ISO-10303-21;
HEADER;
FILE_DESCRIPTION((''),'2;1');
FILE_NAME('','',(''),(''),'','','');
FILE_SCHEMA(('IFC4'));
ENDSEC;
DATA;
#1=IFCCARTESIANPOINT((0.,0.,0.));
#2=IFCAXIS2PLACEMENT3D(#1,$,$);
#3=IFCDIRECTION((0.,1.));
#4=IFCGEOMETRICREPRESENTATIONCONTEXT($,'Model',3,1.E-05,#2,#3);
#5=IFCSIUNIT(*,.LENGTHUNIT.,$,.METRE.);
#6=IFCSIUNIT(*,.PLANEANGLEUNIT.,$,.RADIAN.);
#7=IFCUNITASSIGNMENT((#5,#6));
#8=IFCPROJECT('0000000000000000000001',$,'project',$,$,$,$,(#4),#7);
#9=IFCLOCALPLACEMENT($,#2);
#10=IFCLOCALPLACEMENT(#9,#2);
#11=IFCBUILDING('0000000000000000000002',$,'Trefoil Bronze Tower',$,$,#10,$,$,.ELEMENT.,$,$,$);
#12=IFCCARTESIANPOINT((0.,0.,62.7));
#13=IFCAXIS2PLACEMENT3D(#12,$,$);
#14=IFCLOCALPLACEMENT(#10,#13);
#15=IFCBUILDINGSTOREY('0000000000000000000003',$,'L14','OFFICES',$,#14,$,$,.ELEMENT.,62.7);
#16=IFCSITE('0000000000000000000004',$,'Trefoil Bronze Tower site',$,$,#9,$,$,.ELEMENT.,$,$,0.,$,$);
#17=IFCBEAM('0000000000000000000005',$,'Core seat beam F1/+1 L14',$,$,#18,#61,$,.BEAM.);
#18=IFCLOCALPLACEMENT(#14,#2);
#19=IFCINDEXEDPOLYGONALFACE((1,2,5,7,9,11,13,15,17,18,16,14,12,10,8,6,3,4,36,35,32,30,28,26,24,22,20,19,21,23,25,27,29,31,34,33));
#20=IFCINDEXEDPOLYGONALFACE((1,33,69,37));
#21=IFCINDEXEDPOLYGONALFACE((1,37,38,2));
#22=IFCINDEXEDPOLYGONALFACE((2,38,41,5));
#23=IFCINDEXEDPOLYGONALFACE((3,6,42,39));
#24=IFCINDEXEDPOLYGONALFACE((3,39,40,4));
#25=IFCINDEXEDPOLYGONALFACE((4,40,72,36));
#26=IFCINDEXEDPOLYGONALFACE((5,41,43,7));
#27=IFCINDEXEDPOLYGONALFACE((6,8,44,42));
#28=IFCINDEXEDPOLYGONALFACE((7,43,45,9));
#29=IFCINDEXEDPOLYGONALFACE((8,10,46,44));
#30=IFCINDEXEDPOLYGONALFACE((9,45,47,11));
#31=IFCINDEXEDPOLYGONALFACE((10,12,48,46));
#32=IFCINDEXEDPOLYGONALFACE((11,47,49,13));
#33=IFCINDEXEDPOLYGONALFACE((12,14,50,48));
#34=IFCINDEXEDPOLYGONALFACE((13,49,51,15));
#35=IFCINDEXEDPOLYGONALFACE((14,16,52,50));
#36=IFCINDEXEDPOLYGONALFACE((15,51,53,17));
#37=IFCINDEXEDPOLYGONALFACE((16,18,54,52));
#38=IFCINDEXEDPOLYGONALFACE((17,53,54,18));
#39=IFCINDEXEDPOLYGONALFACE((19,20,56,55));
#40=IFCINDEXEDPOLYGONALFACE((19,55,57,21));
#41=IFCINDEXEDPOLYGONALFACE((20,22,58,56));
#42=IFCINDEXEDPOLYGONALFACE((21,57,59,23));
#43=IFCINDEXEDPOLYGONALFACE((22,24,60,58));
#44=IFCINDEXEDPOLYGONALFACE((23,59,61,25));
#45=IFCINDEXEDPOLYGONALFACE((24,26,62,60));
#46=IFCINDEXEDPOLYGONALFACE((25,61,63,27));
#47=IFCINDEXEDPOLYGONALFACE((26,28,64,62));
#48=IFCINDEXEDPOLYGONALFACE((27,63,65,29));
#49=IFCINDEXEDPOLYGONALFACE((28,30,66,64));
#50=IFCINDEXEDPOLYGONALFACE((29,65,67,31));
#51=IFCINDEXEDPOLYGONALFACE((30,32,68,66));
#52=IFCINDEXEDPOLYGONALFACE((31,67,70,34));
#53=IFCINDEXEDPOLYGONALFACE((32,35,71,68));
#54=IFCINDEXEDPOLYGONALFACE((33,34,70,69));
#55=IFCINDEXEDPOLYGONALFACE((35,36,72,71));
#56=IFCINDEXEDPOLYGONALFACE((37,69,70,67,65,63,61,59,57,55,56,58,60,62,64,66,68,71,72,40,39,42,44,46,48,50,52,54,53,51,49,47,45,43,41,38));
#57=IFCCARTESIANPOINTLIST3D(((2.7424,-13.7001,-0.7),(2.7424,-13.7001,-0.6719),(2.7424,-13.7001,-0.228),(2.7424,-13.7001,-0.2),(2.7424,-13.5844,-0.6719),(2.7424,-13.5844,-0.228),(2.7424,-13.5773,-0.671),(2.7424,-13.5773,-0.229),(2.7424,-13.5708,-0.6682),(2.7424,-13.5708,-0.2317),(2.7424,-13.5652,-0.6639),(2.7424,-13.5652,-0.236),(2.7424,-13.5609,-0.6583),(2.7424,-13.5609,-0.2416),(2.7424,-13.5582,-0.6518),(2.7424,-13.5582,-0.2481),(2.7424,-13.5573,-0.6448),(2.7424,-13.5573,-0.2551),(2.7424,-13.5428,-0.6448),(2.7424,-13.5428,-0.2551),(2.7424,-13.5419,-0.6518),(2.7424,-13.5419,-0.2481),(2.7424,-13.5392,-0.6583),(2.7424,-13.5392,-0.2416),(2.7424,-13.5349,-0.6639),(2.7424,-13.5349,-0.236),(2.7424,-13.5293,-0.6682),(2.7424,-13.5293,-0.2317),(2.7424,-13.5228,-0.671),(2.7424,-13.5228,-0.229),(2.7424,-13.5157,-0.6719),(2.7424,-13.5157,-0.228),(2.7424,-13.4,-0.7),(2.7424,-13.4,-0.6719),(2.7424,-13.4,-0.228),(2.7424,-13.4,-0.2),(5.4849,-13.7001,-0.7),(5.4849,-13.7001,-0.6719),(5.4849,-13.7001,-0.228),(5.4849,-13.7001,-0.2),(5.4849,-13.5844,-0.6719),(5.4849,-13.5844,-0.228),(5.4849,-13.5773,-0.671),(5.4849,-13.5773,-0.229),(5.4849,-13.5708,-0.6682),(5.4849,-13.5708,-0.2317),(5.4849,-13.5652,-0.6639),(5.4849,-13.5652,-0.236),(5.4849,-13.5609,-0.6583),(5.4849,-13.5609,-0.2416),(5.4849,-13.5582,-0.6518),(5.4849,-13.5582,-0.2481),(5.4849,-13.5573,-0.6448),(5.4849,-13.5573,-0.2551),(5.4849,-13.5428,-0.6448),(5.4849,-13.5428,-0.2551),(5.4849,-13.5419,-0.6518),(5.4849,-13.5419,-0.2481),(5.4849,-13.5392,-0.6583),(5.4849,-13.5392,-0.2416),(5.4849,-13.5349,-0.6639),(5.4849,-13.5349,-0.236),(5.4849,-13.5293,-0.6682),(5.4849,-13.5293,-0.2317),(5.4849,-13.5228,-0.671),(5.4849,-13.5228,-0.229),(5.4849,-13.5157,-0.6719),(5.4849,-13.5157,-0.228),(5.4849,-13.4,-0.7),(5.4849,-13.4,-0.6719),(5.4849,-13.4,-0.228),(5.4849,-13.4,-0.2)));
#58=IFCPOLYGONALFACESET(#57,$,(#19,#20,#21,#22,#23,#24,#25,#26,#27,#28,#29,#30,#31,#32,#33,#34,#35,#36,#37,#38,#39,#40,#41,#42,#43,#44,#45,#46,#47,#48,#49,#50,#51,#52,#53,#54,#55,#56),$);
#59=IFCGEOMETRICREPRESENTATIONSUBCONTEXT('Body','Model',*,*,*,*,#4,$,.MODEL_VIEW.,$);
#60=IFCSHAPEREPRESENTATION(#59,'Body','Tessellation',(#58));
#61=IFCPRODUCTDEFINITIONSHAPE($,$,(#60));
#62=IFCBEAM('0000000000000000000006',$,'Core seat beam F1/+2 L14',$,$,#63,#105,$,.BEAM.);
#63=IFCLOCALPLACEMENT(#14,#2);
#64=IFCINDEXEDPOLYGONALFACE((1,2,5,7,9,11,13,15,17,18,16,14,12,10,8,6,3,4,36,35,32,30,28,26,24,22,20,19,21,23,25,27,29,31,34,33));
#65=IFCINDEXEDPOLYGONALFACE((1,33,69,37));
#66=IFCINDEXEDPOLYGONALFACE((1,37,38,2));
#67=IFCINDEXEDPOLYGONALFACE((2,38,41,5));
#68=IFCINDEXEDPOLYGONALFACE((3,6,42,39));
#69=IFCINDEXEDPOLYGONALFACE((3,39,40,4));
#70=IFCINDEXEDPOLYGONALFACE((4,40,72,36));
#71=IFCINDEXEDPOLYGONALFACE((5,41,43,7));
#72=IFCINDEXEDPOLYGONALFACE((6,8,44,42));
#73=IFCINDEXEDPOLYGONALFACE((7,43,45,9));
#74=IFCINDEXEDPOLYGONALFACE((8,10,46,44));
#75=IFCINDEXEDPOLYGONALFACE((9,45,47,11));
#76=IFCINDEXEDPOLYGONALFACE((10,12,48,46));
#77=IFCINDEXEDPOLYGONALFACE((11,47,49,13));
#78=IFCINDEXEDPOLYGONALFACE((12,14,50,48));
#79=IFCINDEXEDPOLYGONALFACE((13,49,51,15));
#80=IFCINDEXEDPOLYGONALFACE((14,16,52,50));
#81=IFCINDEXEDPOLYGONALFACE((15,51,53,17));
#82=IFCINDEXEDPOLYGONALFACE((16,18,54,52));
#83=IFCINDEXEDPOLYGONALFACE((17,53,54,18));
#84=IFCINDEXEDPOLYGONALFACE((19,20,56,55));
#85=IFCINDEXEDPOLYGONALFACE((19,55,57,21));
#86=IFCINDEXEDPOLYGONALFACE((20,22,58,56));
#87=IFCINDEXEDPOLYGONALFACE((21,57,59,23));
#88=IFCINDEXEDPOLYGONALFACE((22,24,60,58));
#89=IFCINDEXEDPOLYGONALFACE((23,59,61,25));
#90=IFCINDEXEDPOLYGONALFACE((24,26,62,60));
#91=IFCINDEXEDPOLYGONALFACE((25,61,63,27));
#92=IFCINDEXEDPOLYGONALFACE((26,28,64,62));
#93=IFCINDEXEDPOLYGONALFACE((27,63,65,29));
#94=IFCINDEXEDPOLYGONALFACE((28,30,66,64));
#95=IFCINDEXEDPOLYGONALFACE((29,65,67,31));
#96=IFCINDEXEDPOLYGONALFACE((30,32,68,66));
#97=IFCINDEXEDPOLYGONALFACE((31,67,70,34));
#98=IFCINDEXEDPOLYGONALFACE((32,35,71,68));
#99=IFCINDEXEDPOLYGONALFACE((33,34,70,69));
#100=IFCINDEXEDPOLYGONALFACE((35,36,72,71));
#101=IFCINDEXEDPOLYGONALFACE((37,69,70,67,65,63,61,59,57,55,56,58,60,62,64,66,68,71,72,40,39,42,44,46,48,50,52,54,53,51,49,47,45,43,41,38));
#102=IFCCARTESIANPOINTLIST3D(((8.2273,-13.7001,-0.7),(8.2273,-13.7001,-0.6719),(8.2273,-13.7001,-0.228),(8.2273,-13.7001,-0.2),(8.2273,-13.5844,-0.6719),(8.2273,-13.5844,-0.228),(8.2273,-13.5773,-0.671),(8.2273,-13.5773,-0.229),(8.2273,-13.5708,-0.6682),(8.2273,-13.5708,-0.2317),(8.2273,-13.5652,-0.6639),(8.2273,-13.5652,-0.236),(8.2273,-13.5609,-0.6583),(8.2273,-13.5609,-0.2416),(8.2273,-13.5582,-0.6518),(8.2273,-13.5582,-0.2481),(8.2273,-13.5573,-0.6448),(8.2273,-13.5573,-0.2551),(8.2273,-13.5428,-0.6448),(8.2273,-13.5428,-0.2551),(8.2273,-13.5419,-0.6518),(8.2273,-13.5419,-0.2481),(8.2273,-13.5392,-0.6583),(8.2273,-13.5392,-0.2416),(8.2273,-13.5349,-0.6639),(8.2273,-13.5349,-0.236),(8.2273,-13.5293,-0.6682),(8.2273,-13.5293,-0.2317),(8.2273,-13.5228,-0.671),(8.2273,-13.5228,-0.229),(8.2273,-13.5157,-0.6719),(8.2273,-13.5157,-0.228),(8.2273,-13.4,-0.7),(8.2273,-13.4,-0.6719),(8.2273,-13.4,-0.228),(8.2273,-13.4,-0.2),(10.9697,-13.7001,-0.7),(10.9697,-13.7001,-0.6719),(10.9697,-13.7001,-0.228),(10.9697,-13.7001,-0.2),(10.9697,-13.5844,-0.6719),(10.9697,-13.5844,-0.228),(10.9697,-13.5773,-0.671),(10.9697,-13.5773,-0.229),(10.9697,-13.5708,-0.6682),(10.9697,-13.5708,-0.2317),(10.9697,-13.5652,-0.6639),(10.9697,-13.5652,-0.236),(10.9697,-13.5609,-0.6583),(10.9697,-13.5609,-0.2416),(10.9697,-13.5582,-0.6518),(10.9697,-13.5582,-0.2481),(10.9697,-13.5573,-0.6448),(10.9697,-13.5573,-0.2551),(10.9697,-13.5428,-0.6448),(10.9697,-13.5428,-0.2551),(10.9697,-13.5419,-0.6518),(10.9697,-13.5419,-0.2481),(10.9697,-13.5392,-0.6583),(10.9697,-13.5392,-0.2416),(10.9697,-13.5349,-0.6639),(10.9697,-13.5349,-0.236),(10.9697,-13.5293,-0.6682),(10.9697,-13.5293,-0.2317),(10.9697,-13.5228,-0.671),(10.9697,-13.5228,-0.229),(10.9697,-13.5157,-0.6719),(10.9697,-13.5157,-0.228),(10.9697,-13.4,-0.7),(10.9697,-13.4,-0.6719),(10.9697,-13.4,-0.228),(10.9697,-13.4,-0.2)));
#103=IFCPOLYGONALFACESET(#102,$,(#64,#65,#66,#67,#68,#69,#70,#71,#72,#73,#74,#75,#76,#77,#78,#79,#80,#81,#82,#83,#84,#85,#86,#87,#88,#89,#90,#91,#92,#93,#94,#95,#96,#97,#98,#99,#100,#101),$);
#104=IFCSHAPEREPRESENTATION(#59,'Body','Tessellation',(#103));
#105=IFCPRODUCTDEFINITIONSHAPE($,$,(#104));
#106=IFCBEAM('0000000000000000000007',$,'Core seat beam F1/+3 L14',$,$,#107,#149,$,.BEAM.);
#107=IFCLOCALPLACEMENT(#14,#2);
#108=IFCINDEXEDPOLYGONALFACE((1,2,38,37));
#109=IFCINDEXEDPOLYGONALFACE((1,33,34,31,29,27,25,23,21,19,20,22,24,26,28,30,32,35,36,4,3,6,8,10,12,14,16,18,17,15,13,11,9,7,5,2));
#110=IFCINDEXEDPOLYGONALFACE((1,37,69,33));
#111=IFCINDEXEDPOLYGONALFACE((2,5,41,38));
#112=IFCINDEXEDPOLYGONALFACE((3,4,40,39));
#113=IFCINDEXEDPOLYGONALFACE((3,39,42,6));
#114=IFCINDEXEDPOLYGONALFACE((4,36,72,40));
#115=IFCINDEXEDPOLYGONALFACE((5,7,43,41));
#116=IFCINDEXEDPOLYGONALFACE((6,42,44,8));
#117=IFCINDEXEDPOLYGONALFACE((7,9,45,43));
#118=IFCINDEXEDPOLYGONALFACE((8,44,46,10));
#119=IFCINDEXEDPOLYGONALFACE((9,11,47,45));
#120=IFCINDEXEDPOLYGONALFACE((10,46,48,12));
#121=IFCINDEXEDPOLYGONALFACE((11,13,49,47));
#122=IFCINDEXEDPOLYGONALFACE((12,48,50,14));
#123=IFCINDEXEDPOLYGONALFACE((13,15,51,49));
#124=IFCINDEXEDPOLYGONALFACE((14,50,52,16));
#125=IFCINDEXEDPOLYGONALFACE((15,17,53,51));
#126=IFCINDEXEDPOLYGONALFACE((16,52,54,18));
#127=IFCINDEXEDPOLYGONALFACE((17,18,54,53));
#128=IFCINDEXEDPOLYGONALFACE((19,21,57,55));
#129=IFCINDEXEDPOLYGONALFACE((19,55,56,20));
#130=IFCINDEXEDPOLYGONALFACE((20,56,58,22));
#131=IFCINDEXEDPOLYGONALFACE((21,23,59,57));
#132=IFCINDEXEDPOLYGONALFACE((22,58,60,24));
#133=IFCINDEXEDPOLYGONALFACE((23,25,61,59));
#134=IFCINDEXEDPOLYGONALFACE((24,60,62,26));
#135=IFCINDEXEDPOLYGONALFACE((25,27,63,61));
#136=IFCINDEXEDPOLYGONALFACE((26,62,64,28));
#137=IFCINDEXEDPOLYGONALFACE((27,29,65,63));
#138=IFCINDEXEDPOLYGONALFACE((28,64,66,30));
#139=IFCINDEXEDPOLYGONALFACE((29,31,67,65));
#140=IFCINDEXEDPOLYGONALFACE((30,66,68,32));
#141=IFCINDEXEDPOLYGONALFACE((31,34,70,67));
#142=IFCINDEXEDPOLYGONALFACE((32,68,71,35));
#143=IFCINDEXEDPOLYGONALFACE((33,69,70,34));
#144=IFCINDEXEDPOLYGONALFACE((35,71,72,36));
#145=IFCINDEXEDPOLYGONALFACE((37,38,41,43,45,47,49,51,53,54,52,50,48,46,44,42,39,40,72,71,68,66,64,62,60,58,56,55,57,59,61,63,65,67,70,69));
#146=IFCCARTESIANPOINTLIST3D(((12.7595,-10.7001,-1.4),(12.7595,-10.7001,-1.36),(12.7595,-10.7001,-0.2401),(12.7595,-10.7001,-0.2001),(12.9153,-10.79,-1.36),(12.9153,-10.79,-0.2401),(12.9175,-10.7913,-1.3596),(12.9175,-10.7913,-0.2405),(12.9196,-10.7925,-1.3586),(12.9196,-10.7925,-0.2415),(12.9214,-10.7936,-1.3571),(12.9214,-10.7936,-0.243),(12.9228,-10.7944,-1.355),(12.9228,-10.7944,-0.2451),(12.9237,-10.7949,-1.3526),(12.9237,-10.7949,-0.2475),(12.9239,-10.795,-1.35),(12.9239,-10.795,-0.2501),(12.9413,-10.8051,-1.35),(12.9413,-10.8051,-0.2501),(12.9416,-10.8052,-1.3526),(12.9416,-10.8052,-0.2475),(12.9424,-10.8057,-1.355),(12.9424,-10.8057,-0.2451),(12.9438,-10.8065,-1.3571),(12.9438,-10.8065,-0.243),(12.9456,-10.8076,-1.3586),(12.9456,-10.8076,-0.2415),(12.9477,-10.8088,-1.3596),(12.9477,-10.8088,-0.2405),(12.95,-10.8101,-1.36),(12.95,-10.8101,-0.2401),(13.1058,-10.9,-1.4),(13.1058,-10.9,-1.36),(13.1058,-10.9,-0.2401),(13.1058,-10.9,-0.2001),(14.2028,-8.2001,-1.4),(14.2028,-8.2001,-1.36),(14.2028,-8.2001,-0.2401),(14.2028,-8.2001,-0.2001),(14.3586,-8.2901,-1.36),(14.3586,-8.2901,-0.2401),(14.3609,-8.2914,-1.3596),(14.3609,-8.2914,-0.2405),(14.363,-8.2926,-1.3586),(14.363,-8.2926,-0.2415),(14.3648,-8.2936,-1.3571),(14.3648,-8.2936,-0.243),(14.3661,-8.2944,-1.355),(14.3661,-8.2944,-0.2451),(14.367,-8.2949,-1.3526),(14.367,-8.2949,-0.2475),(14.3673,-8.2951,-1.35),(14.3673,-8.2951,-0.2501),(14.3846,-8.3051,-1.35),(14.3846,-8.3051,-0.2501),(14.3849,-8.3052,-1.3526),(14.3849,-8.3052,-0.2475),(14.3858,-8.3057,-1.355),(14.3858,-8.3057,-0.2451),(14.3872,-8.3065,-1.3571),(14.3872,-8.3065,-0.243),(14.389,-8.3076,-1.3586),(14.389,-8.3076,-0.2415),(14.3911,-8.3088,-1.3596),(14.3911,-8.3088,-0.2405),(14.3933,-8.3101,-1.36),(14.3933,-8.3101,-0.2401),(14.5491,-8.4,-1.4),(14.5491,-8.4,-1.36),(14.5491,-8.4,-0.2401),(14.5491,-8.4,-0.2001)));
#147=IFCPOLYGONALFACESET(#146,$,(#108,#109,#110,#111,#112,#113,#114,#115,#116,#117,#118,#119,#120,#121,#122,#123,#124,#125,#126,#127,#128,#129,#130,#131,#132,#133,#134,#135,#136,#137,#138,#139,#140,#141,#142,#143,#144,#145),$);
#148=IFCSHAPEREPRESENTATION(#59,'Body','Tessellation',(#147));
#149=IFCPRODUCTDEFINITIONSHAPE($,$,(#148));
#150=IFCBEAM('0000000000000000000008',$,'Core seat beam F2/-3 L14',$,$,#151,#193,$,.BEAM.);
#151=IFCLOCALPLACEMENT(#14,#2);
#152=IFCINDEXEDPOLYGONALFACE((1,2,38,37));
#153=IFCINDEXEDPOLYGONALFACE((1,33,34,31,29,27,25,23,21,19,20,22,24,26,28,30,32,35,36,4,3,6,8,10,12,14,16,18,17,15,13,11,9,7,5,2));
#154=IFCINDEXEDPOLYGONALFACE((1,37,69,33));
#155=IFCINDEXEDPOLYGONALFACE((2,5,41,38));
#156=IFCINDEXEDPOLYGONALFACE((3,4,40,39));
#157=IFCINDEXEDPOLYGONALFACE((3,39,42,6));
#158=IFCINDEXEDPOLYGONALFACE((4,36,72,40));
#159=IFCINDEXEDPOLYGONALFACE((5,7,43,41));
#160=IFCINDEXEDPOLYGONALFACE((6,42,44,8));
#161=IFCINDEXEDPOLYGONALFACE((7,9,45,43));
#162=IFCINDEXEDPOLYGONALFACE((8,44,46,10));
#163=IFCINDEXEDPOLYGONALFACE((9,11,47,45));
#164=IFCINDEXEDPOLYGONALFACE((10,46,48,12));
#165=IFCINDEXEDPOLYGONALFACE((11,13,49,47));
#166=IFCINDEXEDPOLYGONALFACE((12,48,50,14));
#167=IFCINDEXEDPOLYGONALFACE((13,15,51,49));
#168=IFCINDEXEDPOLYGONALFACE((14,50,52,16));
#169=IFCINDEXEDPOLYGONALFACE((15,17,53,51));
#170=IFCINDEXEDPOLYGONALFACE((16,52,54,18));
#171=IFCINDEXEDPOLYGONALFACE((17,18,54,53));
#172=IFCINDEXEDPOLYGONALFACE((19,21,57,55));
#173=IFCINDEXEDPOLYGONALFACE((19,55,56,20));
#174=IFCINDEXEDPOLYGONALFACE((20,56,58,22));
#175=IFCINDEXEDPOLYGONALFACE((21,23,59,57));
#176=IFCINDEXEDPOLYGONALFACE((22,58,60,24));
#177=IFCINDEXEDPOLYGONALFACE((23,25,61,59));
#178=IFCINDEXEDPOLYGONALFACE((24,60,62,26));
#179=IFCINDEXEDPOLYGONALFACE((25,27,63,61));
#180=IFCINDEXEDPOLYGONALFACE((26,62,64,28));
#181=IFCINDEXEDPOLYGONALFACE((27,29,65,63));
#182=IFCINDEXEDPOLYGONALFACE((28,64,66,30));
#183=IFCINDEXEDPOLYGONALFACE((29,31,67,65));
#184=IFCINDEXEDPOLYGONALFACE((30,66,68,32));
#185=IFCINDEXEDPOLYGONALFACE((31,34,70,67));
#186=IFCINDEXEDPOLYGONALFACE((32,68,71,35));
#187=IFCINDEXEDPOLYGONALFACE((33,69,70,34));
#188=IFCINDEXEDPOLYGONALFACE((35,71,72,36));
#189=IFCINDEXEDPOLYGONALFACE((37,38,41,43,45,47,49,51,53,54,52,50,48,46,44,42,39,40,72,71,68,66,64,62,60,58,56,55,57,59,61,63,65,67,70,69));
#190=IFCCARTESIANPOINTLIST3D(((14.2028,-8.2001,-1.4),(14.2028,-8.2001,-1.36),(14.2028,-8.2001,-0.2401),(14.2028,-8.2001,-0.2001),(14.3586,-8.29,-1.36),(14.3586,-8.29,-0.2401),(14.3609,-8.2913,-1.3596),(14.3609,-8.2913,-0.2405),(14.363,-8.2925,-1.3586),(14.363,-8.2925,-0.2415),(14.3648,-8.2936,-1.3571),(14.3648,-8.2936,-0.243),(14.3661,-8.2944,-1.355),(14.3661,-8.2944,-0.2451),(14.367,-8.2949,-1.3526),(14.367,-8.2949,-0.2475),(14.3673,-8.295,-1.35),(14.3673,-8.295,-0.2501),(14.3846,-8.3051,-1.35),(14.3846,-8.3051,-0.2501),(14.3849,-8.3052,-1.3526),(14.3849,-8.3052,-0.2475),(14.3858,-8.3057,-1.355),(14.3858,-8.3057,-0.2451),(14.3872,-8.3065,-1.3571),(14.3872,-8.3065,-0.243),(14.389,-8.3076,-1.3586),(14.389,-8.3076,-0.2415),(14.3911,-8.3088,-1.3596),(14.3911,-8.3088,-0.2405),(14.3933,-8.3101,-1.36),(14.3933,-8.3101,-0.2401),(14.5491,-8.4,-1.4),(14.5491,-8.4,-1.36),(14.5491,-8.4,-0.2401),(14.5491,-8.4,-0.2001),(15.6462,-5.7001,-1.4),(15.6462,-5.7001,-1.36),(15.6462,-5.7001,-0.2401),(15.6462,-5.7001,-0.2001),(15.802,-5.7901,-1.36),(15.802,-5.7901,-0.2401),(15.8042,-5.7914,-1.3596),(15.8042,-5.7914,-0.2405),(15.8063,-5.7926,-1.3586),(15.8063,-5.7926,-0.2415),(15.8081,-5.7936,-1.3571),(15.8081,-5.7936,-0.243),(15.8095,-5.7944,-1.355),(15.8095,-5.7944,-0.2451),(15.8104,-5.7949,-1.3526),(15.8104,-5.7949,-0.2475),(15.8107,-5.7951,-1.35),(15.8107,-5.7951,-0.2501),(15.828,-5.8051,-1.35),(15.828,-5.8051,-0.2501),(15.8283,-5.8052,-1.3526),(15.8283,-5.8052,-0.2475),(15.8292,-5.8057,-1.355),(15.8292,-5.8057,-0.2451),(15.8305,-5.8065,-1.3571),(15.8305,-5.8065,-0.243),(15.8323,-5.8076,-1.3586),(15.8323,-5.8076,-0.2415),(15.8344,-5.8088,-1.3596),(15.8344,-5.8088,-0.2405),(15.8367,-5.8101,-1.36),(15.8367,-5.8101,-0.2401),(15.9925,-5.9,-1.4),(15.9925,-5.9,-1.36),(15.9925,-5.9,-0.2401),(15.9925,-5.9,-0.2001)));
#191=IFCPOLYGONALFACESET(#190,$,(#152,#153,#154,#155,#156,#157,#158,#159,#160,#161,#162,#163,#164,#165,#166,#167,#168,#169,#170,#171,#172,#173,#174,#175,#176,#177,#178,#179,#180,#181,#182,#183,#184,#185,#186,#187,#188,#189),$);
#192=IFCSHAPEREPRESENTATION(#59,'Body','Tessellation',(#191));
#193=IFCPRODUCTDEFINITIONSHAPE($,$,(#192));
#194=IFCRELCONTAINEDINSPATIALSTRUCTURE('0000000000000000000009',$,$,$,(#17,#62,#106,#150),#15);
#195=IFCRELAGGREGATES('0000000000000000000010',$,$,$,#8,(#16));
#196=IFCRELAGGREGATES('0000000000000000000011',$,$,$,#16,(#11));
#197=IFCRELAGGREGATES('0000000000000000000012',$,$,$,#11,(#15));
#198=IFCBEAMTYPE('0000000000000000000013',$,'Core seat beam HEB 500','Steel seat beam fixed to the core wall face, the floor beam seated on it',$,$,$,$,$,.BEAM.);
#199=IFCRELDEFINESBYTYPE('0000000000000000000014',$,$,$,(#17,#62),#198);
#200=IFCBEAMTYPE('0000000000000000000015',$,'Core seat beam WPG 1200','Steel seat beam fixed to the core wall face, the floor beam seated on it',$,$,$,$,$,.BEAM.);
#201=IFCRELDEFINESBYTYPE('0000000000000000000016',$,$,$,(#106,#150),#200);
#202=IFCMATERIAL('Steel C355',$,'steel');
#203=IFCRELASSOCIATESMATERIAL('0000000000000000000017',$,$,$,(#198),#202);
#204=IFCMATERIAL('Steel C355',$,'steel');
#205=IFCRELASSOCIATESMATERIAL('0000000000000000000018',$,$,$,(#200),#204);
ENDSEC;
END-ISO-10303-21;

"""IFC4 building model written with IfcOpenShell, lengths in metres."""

from ifc_helpers import new_model, si_unit, direction, frame, origin, origin_2d, place, context, subcontext, project, spatial, i_section, extrude, material, material_profile, profile_set, type_object, element, save


model = new_model("IFC4")

# Units and contexts
model_context = context("Model", 3, precision=1e-05, world=origin(), true_north=direction((0.0, 1.0)))
body_context = subcontext(model_context, "Body", "Model", "MODEL_VIEW")
ifc_project = project(units=[si_unit("LENGTHUNIT", "METRE"), si_unit("PLANEANGLEUNIT", "RADIAN")], contexts=[model_context])

# Site, building, storey
site_placement = place(None, origin())
site = spatial("IfcSite", under=ifc_project, at=site_placement, Name="Trefoil Bronze Tower site", CompositionType="ELEMENT", RefElevation=0.0)
building_placement = place(site_placement, origin())
building = spatial("IfcBuilding", under=site, at=building_placement, Name="Trefoil Bronze Tower", CompositionType="ELEMENT")
storey_placement = place(building_placement, frame((0.0, 0.0, 62.7)))
storey = spatial("IfcBuildingStorey", under=building, at=storey_placement, Name="L14", Description="OFFICES", CompositionType="ELEMENT", Elevation=62.7)

# Beams
ifc_material_1 = material(Name="Steel C355", Category="steel")
ifc_material_profile_1 = material_profile(ifc_material_1, i_section(OverallWidth=0.3, OverallDepth=0.5, WebThickness=0.0144, FlangeThickness=0.0281, FilletRadius=0.0271, at=origin_2d()), Name="HEB 500")
ifc_profile_set_1 = profile_set([ifc_material_profile_1], Name="Steel C355")
beam_type_1 = type_object("IfcBeamType", Name="Core seat beam HEB 500", Description="Steel seat beam fixed to the core wall face, the floor beam seated on it", PredefinedType="BEAM", material=ifc_profile_set_1)
for number, where, z_axis, x_axis, name in (
    (1, (2.7424, -13.55, -0.45), (1.0, 0.0, 0.0), (0.0, 1.0, 0.0), "Core seat beam F1/+1 L14"),
    (2, (8.2273, -13.55, -0.45), (1.0, 0.0, 0.0), (0.0, 1.0, 0.0), "Core seat beam F1/+2 L14"),
):
    element("IfcBeam", number, at=place(storey_placement, frame(where, z_axis=z_axis, x_axis=x_axis)), inside=storey, type_object=beam_type_1, Name=name, PredefinedType="BEAM", context=body_context, shape_type="SweptSolid", body=[
        extrude(i_section(OverallWidth=0.3, OverallDepth=0.5, WebThickness=0.0144, FlangeThickness=0.0281, FilletRadius=0.0271, at=origin_2d()), origin(), (0.0, 0.0, 1.0), 2.7424),
    ])
ifc_material_2 = material(Name="Steel C355", Category="steel")
ifc_material_profile_2 = material_profile(ifc_material_2, i_section(OverallWidth=0.3999, OverallDepth=1.2, WebThickness=0.02, FlangeThickness=0.04, FilletRadius=0.01, at=origin_2d()), Name="WPG 1200")
ifc_profile_set_2 = profile_set([ifc_material_profile_2], Name="Steel C355")
beam_type_2 = type_object("IfcBeamType", Name="Core seat beam WPG 1200", Description="Steel seat beam fixed to the core wall face, the floor beam seated on it", PredefinedType="BEAM", material=ifc_profile_set_2)
for number, where, z_axis, x_axis, name in (
    (3, (12.9326, -10.8, -0.8), (0.499996, 0.866028, 0.0), (-0.866028, 0.499996, 0.0), "Core seat beam F1/+3 L14"),
    (4, (14.376, -8.3, -0.8), (0.499996, 0.866028, 0.0), (-0.866028, 0.499996, 0.0), "Core seat beam F2/-3 L14"),
):
    element("IfcBeam", number, at=place(storey_placement, frame(where, z_axis=z_axis, x_axis=x_axis)), inside=storey, type_object=beam_type_2, Name=name, PredefinedType="BEAM", context=body_context, shape_type="SweptSolid", body=[
        extrude(i_section(OverallWidth=0.3999, OverallDepth=1.2, WebThickness=0.02, FlangeThickness=0.04, FilletRadius=0.01, at=origin_2d()), origin(), (0.0, 0.0, 1.0), 2.8867),
    ])

save(model, "model.ifc")
